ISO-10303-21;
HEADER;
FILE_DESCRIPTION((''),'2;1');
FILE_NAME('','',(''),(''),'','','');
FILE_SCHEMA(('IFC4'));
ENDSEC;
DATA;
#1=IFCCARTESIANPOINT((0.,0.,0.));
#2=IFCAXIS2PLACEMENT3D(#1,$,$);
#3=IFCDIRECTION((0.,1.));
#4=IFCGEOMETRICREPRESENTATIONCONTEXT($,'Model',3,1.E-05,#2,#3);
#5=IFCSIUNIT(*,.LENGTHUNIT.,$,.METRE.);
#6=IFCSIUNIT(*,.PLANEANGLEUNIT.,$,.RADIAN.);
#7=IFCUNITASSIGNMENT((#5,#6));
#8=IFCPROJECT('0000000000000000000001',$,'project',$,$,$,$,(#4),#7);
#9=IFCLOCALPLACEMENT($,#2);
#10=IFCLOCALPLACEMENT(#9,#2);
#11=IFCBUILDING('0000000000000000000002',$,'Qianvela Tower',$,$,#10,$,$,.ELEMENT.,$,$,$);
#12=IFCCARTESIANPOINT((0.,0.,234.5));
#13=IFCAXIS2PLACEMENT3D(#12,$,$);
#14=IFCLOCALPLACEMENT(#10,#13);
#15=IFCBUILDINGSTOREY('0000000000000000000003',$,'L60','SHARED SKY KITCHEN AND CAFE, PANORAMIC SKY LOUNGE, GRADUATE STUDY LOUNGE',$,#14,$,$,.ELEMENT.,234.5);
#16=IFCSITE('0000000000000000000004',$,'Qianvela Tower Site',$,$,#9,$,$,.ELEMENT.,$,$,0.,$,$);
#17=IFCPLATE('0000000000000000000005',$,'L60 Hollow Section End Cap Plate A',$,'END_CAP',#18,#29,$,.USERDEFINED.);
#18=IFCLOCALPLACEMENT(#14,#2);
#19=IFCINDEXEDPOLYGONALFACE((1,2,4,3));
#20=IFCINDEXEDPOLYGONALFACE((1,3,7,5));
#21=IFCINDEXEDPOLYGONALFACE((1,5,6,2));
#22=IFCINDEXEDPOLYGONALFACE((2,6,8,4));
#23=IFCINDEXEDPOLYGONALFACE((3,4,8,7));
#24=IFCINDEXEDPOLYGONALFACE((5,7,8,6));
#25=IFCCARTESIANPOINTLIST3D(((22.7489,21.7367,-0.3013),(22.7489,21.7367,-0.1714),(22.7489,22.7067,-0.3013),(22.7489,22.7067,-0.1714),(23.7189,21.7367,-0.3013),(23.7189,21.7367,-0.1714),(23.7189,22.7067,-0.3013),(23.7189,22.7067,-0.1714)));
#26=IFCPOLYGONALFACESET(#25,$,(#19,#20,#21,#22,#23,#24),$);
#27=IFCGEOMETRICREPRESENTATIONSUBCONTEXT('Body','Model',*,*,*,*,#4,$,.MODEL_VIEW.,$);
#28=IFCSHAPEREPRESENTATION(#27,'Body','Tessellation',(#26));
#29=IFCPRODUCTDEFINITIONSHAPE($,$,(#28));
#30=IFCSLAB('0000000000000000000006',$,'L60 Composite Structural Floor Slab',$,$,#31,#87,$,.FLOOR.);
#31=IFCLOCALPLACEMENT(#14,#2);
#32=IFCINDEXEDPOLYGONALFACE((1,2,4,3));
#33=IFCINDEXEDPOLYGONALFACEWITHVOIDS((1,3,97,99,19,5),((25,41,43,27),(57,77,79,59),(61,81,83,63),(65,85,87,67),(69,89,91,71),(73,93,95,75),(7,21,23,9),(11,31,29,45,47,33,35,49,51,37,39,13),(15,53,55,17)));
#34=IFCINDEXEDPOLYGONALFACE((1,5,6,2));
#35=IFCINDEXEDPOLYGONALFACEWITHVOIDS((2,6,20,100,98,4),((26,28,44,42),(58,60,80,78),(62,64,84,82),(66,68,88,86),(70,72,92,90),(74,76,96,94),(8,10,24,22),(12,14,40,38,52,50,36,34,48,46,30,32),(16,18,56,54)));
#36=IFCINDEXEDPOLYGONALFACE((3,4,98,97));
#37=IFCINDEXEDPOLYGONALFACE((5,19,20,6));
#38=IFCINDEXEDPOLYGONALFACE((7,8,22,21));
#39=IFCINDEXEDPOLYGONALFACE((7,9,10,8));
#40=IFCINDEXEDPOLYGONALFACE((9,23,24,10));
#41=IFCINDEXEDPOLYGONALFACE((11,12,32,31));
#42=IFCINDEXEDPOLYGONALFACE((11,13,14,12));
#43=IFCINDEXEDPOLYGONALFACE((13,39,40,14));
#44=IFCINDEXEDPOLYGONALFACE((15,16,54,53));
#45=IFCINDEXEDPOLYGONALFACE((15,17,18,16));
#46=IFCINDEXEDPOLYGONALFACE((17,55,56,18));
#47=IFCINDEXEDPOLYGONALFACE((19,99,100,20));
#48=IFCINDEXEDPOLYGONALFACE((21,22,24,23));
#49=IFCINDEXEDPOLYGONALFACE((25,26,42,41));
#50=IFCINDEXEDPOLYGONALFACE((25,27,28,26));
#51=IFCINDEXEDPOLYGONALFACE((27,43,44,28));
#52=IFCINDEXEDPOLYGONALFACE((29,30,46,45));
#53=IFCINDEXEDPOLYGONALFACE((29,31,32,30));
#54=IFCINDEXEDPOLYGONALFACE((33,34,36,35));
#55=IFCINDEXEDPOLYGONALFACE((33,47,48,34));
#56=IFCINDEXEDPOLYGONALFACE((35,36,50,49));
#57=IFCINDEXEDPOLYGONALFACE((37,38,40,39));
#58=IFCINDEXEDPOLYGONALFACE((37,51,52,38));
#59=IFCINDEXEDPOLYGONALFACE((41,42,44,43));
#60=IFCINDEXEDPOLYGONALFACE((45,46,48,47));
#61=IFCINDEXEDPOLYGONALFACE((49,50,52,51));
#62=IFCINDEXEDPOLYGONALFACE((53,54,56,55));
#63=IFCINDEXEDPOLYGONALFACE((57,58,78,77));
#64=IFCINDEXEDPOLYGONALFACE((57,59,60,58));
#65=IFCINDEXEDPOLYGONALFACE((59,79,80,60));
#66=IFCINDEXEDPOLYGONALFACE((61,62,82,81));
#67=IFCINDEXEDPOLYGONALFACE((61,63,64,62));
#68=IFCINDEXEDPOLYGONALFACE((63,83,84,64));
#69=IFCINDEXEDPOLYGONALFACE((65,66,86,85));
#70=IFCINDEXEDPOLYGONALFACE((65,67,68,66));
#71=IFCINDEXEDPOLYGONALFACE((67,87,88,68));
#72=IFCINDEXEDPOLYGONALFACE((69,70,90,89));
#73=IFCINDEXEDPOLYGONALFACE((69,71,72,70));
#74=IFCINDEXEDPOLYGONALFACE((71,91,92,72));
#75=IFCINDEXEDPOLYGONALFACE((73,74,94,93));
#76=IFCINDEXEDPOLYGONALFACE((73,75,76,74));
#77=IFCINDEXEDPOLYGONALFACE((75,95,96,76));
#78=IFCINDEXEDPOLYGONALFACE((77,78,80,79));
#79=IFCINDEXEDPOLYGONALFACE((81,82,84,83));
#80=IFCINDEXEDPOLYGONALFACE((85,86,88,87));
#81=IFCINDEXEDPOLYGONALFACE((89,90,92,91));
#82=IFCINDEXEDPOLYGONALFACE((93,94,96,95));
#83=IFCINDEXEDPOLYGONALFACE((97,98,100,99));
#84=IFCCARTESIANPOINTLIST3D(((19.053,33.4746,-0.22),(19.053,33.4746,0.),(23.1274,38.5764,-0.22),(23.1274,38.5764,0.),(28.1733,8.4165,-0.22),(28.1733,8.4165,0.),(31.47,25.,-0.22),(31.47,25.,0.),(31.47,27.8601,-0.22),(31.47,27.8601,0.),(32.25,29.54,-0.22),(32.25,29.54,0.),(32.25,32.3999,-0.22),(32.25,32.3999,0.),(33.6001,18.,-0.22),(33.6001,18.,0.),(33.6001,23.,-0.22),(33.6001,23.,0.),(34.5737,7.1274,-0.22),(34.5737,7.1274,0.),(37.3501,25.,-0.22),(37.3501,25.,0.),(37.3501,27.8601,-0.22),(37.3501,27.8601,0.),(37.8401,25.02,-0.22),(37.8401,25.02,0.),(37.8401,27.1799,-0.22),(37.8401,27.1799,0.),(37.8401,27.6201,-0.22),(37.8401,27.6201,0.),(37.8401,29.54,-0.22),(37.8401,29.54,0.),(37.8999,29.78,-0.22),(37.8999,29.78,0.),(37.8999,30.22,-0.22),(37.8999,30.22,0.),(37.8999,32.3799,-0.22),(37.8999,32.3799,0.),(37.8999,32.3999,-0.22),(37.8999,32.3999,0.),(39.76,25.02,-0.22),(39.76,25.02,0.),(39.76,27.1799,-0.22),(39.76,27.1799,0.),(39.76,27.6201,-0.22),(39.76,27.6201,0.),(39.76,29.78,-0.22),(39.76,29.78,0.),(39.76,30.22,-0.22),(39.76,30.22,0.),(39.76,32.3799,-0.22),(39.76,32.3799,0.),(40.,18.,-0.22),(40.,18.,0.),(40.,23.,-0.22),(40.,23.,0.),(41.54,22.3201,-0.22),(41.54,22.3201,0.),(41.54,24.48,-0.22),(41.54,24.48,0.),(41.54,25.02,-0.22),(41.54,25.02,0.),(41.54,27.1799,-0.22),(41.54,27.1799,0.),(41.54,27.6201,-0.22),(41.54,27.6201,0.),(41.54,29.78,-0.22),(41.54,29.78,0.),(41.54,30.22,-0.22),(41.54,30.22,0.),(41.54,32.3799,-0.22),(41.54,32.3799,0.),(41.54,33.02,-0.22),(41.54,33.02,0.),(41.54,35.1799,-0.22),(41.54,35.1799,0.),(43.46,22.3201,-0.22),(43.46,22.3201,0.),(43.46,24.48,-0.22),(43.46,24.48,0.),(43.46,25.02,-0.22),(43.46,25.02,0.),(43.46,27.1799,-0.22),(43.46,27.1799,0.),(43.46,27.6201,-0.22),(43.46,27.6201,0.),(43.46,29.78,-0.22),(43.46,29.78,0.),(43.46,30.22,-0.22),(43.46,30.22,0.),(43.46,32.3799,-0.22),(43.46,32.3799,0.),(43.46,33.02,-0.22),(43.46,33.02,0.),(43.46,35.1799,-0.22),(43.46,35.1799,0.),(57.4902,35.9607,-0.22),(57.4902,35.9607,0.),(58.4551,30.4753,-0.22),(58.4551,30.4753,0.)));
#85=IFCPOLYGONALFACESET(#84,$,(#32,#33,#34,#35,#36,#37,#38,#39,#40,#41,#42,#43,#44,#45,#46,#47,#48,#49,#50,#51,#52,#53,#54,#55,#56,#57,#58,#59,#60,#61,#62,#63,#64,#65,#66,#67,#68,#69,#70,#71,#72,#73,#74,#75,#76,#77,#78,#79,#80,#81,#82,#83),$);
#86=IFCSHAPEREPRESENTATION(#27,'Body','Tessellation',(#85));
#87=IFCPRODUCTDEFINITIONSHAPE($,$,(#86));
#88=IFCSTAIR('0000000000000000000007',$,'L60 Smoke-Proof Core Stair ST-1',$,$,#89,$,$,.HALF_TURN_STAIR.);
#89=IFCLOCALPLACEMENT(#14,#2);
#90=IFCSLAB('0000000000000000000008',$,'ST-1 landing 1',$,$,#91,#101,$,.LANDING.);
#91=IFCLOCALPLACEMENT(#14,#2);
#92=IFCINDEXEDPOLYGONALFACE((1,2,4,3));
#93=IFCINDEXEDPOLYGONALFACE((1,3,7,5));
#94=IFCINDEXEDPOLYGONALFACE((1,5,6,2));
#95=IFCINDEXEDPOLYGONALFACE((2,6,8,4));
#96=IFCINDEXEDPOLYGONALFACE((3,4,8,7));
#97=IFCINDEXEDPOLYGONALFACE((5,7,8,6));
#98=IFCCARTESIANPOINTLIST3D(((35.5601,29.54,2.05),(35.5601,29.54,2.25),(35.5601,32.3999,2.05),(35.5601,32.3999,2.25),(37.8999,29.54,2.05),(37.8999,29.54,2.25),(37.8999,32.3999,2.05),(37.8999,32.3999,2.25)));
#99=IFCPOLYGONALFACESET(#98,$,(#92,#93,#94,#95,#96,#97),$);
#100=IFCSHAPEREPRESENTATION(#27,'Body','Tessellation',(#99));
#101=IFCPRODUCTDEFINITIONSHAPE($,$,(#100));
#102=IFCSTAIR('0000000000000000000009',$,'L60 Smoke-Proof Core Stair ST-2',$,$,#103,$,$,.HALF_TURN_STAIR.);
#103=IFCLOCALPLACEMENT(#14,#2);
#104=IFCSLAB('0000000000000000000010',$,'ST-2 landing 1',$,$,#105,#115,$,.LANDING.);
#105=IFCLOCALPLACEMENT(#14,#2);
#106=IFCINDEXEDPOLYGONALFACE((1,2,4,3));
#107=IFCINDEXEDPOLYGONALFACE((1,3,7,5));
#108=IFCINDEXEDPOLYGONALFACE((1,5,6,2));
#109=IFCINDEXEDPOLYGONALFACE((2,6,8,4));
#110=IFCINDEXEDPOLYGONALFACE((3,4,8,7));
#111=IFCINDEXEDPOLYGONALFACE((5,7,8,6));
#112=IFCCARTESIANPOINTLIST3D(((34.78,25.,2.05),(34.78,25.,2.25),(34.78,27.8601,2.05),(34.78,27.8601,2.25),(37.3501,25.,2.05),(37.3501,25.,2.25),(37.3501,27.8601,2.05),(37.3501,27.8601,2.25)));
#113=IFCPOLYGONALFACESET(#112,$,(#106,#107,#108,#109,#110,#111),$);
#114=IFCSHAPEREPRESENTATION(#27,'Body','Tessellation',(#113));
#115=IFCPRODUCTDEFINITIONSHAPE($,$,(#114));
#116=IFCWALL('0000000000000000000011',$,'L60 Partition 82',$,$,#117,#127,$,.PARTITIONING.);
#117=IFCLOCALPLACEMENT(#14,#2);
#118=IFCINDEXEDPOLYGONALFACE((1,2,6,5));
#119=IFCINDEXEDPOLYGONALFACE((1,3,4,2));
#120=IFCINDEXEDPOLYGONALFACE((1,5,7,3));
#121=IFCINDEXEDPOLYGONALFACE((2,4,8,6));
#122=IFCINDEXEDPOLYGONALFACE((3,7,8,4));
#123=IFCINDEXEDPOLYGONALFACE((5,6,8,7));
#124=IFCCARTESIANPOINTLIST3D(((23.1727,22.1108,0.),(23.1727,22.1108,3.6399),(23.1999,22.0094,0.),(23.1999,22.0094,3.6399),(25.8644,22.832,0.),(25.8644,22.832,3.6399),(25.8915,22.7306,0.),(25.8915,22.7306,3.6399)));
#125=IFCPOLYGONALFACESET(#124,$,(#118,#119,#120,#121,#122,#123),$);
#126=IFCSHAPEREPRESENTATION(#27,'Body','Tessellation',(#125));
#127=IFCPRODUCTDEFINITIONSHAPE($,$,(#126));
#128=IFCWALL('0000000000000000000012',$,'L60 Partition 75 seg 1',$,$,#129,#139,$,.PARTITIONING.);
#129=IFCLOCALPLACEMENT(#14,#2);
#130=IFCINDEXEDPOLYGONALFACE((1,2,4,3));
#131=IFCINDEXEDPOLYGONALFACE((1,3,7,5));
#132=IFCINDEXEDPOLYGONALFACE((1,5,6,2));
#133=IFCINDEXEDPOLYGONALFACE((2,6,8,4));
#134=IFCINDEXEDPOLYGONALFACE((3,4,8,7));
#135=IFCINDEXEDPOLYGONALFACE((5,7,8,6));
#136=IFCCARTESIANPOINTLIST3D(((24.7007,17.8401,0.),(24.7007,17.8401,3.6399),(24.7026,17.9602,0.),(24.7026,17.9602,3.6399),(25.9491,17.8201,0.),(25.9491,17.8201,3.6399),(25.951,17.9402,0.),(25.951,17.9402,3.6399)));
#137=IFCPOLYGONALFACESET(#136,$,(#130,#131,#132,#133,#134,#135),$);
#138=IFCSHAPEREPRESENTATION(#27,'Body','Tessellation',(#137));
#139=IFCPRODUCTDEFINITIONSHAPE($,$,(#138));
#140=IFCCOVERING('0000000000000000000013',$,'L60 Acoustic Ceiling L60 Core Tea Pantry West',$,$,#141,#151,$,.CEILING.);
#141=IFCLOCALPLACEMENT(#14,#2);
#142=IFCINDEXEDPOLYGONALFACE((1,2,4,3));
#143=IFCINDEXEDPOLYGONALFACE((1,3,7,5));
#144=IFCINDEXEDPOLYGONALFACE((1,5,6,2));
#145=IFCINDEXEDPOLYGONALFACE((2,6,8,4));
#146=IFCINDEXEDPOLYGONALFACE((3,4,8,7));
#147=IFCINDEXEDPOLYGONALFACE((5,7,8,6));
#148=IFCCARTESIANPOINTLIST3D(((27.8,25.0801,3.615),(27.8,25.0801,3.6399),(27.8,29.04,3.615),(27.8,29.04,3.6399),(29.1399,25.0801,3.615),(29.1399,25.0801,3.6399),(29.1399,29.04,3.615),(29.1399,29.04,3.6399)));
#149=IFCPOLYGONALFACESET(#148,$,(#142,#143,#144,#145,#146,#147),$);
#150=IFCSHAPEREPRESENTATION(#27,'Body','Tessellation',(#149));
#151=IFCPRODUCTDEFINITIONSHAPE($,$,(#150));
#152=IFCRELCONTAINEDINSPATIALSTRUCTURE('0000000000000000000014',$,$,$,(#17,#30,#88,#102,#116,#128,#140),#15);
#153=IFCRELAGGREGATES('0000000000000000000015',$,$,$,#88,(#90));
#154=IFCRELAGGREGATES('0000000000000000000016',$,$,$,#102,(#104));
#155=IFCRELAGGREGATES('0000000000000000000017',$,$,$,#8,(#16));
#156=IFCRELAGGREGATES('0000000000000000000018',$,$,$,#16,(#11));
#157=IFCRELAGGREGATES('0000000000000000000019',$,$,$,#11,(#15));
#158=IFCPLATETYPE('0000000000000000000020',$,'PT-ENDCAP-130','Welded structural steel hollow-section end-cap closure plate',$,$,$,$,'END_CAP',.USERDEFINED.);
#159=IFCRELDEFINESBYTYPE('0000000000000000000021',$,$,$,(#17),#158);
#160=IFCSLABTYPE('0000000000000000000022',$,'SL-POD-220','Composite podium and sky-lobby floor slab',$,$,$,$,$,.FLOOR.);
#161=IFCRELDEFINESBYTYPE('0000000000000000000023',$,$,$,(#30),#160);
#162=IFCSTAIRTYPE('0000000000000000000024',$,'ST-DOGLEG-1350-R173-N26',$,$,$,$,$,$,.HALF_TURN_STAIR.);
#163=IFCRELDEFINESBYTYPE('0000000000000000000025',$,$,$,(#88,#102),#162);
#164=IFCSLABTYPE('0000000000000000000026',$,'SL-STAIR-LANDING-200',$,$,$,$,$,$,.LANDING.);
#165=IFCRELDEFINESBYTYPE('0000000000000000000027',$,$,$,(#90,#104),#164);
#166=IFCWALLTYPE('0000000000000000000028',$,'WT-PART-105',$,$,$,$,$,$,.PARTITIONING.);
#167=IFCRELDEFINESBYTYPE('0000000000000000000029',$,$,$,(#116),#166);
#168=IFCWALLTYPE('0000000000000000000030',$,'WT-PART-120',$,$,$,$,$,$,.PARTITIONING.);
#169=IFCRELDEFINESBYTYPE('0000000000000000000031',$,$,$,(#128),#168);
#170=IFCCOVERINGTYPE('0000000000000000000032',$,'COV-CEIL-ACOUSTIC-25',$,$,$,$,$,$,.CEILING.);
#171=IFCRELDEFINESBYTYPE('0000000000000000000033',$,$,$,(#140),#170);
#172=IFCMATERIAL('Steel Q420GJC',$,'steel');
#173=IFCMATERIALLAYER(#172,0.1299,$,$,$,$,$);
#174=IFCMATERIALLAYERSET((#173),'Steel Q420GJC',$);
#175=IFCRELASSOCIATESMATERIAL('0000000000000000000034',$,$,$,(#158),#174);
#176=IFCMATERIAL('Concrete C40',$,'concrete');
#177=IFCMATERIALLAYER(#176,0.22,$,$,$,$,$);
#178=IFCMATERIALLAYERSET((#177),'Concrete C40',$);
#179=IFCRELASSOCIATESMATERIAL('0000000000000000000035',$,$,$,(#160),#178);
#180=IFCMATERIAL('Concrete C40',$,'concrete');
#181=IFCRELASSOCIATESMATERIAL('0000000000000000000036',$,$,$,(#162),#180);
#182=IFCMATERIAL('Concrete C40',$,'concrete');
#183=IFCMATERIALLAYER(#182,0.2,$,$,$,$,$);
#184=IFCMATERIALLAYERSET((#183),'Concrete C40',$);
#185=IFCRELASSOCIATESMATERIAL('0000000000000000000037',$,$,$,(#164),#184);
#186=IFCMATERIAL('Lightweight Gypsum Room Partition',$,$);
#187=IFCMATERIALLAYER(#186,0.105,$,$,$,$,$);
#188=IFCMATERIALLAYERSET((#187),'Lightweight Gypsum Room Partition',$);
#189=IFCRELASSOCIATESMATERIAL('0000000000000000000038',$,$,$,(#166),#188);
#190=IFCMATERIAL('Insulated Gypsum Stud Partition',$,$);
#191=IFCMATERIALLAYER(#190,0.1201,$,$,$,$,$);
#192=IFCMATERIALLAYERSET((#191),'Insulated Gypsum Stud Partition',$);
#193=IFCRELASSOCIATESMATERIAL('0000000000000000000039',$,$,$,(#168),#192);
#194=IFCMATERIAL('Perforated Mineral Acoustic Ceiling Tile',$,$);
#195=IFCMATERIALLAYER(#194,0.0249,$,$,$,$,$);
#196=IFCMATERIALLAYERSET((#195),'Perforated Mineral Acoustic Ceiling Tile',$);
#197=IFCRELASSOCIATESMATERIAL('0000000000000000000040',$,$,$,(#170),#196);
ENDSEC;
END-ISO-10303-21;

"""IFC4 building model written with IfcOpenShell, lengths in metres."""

from ifc_helpers import new_model, si_unit, direction, frame, frame_2d, origin, origin_2d, place, context, subcontext, project, spatial, polyline, rectangle, outline, extrude, material, layer, layer_set, type_object, element, aggregate, save


model = new_model("IFC4")

# Units and contexts
model_context = context("Model", 3, precision=1e-05, world=origin(), true_north=direction((0.0, 1.0)))
body_context = subcontext(model_context, "Body", "Model", "MODEL_VIEW")
ifc_project = project(units=[si_unit("LENGTHUNIT", "METRE"), si_unit("PLANEANGLEUNIT", "RADIAN")], contexts=[model_context])

# Site, building, storey
site_placement = place(None, origin())
site = spatial("IfcSite", under=ifc_project, at=site_placement, Name="Qianvela Tower Site", CompositionType="ELEMENT", RefElevation=0.0)
building_placement = place(site_placement, origin())
building = spatial("IfcBuilding", under=site, at=building_placement, Name="Qianvela Tower", CompositionType="ELEMENT")
storey_placement = place(building_placement, frame((0.0, 0.0, 234.5)))
storey = spatial("IfcBuildingStorey", under=building, at=storey_placement, Name="L60", Description="SHARED SKY KITCHEN AND CAFE, PANORAMIC SKY LOUNGE, GRADUATE STUDY LOUNGE", CompositionType="ELEMENT", Elevation=234.5)

# Plate
ifc_material_1 = material(Name="Steel Q420GJC", Category="steel")
ifc_layer_1 = layer(ifc_material_1, 0.1299)
ifc_layer_set_1 = layer_set([ifc_layer_1], Name="Steel Q420GJC")
plate_type_1 = type_object("IfcPlateType", Name="PT-ENDCAP-130", Description="Welded structural steel hollow-section end-cap closure plate", ElementType="END_CAP", PredefinedType="USERDEFINED", material=ifc_layer_set_1)
plate_1_placement = place(storey_placement, frame((23.2339, 22.2217, -0.3013), z_axis=(0.0, 0.0, 1.0), x_axis=(1.0, 0.0, 0.0)))
element("IfcPlate", 1, at=plate_1_placement, inside=storey, type_object=plate_type_1, Name="L60 Hollow Section End Cap Plate A", ObjectType="END_CAP", PredefinedType="USERDEFINED", context=body_context, shape_type="SweptSolid", body=[
    extrude(rectangle(XDim=0.97, YDim=0.97, at=origin_2d()), origin(), (0.0, 0.0, 1.0), 0.1299),
])

# Slab
ifc_material_2 = material(Name="Concrete C40", Category="concrete")
ifc_layer_2 = layer(ifc_material_2, 0.22)
ifc_layer_set_2 = layer_set([ifc_layer_2], Name="Concrete C40")
slab_type_1 = type_object("IfcSlabType", Name="SL-POD-220", Description="Composite podium and sky-lobby floor slab", PredefinedType="FLOOR", material=ifc_layer_set_2)
slab_1_placement = place(storey_placement, frame((0.0, 0.0, -0.22)))
element("IfcSlab", 2, at=slab_1_placement, inside=storey, type_object=slab_type_1, Name="L60 Composite Structural Floor Slab", PredefinedType="FLOOR", context=body_context, shape_type="SweptSolid", body=[
    extrude(outline(polyline([(58.4551, 30.4753), (57.4902, 35.9607), (23.1274, 38.5764), (19.053, 33.4746), (28.1733, 8.4165), (34.5737, 7.1274), (58.4551, 30.4753)]), holes=[polyline([(40.0, 23.0), (33.6001, 23.0), (33.6001, 18.0), (40.0, 18.0), (40.0, 23.0)]), polyline([(39.76, 27.1799), (37.8401, 27.1799), (37.8401, 25.02), (39.76, 25.02), (39.76, 27.1799)]), polyline([(37.3501, 27.8601), (31.47, 27.8601), (31.47, 25.0), (37.3501, 25.0), (37.3501, 27.8601)]), polyline([(37.8401, 27.6201), (39.76, 27.6201), (39.76, 29.78), (37.8999, 29.78), (37.8999, 30.22), (39.76, 30.22), (39.76, 32.3799), (37.8999, 32.3799), (37.8999, 32.3999), (32.25, 32.3999), (32.25, 29.54), (37.8401, 29.54), (37.8401, 27.6201)]), polyline([(43.46, 22.3201), (43.46, 24.48), (41.54, 24.48), (41.54, 22.3201), (43.46, 22.3201)]), polyline([(43.46, 25.02), (43.46, 27.1799), (41.54, 27.1799), (41.54, 25.02), (43.46, 25.02)]), polyline([(43.46, 29.78), (41.54, 29.78), (41.54, 27.6201), (43.46, 27.6201), (43.46, 29.78)]), polyline([(43.46, 30.22), (43.46, 32.3799), (41.54, 32.3799), (41.54, 30.22), (43.46, 30.22)]), polyline([(43.46, 33.02), (43.46, 35.1799), (41.54, 35.1799), (41.54, 33.02), (43.46, 33.02)])]), origin(), (0.0, 0.0, 1.0), 0.22),
])

# Stairs, slabs
ifc_material_3 = material(Name="Concrete C40", Category="concrete")
stair_type = type_object("IfcStairType", Name="ST-DOGLEG-1350-R173-N26", PredefinedType="HALF_TURN_STAIR", material=ifc_material_3)
stair_1_placement = place(storey_placement, origin())
stair_1 = element("IfcStair", 3, at=stair_1_placement, inside=storey, type_object=stair_type, Name="L60 Smoke-Proof Core Stair ST-1", PredefinedType="HALF_TURN_STAIR")
ifc_material_4 = material(Name="Concrete C40", Category="concrete")
ifc_layer_3 = layer(ifc_material_4, 0.2)
ifc_layer_set_3 = layer_set([ifc_layer_3], Name="Concrete C40")
slab_type_2 = type_object("IfcSlabType", Name="SL-STAIR-LANDING-200", PredefinedType="LANDING", material=ifc_layer_set_3)
slab_2_placement = place(storey_placement, frame((0.0, 0.0, 2.05)))
slab_2 = element("IfcSlab", 4, at=slab_2_placement, type_object=slab_type_2, Name="ST-1 landing 1", PredefinedType="LANDING", context=body_context, shape_type="SweptSolid", body=[
    extrude(outline(polyline([(35.5601, 29.54), (37.8999, 29.54), (37.8999, 32.3999), (35.5601, 32.3999), (35.5601, 29.54)])), origin(), (0.0, 0.0, 1.0), 0.2),
])
aggregate(stair_1, [slab_2])
stair_2_placement = place(storey_placement, origin())
stair_2 = element("IfcStair", 5, at=stair_2_placement, inside=storey, type_object=stair_type, Name="L60 Smoke-Proof Core Stair ST-2", PredefinedType="HALF_TURN_STAIR")
slab_3_placement = place(storey_placement, frame((0.0, 0.0, 2.05)))
slab_3 = element("IfcSlab", 6, at=slab_3_placement, type_object=slab_type_2, Name="ST-2 landing 1", PredefinedType="LANDING", context=body_context, shape_type="SweptSolid", body=[
    extrude(outline(polyline([(34.78, 25.0), (37.3501, 25.0), (37.3501, 27.8601), (34.78, 27.8601), (34.78, 25.0)])), origin(), (0.0, 0.0, 1.0), 0.2),
])
aggregate(stair_2, [slab_3])

# Walls
ifc_material_5 = material(Name="Lightweight Gypsum Room Partition")
ifc_layer_4 = layer(ifc_material_5, 0.105)
ifc_layer_set_4 = layer_set([ifc_layer_4], Name="Lightweight Gypsum Room Partition")
wall_type_1 = type_object("IfcWallType", Name="WT-PART-105", PredefinedType="PARTITIONING", material=ifc_layer_set_4)
wall_1_placement = place(storey_placement, frame((23.1863, 22.0601, 0.0), z_axis=(0.0, 0.0, 1.0), x_axis=(0.965929, 0.258808, 0.0)))
element("IfcWall", 7, at=wall_1_placement, inside=storey, type_object=wall_type_1, Name="L60 Partition 82", PredefinedType="PARTITIONING", context=body_context, shape_type="SweptSolid", body=[
    extrude(rectangle(XDim=2.7866, YDim=0.105, at=frame_2d((1.3933, 0.0))), origin(), (0.0, 0.0, 1.0), 3.6399),
])
ifc_material_6 = material(Name="Insulated Gypsum Stud Partition")
ifc_layer_5 = layer(ifc_material_6, 0.1201)
ifc_layer_set_5 = layer_set([ifc_layer_5], Name="Insulated Gypsum Stud Partition")
wall_type_2 = type_object("IfcWallType", Name="WT-PART-120", PredefinedType="PARTITIONING", material=ifc_layer_set_5)
wall_2_placement = place(storey_placement, frame((24.7017, 17.9001, 0.0), z_axis=(0.0, 0.0, 1.0), x_axis=(0.999871, -0.016035, 0.0)))
element("IfcWall", 8, at=wall_2_placement, inside=storey, type_object=wall_type_2, Name="L60 Partition 75 seg 1", PredefinedType="PARTITIONING", context=body_context, shape_type="SweptSolid", body=[
    extrude(rectangle(XDim=1.2485, YDim=0.1201, at=frame_2d((0.6243, 0.0))), origin(), (0.0, 0.0, 1.0), 3.6399),
])

# Covering
ifc_material_7 = material(Name="Perforated Mineral Acoustic Ceiling Tile")
ifc_layer_6 = layer(ifc_material_7, 0.0249)
ifc_layer_set_6 = layer_set([ifc_layer_6], Name="Perforated Mineral Acoustic Ceiling Tile")
covering_type_1 = type_object("IfcCoveringType", Name="COV-CEIL-ACOUSTIC-25", PredefinedType="CEILING", material=ifc_layer_set_6)
covering_1_placement = place(storey_placement, frame((0.0, 0.0, 3.615)))
element("IfcCovering", 9, at=covering_1_placement, inside=storey, type_object=covering_type_1, Name="L60 Acoustic Ceiling L60 Core Tea Pantry West", PredefinedType="CEILING", context=body_context, shape_type="SweptSolid", body=[
    extrude(outline(polyline([(27.8, 25.0801), (27.8, 29.04), (29.1399, 29.04), (29.1399, 25.0801), (27.8, 25.0801)])), origin(), (0.0, 0.0, 1.0), 0.0249),
])

save(model, "model.ifc")
